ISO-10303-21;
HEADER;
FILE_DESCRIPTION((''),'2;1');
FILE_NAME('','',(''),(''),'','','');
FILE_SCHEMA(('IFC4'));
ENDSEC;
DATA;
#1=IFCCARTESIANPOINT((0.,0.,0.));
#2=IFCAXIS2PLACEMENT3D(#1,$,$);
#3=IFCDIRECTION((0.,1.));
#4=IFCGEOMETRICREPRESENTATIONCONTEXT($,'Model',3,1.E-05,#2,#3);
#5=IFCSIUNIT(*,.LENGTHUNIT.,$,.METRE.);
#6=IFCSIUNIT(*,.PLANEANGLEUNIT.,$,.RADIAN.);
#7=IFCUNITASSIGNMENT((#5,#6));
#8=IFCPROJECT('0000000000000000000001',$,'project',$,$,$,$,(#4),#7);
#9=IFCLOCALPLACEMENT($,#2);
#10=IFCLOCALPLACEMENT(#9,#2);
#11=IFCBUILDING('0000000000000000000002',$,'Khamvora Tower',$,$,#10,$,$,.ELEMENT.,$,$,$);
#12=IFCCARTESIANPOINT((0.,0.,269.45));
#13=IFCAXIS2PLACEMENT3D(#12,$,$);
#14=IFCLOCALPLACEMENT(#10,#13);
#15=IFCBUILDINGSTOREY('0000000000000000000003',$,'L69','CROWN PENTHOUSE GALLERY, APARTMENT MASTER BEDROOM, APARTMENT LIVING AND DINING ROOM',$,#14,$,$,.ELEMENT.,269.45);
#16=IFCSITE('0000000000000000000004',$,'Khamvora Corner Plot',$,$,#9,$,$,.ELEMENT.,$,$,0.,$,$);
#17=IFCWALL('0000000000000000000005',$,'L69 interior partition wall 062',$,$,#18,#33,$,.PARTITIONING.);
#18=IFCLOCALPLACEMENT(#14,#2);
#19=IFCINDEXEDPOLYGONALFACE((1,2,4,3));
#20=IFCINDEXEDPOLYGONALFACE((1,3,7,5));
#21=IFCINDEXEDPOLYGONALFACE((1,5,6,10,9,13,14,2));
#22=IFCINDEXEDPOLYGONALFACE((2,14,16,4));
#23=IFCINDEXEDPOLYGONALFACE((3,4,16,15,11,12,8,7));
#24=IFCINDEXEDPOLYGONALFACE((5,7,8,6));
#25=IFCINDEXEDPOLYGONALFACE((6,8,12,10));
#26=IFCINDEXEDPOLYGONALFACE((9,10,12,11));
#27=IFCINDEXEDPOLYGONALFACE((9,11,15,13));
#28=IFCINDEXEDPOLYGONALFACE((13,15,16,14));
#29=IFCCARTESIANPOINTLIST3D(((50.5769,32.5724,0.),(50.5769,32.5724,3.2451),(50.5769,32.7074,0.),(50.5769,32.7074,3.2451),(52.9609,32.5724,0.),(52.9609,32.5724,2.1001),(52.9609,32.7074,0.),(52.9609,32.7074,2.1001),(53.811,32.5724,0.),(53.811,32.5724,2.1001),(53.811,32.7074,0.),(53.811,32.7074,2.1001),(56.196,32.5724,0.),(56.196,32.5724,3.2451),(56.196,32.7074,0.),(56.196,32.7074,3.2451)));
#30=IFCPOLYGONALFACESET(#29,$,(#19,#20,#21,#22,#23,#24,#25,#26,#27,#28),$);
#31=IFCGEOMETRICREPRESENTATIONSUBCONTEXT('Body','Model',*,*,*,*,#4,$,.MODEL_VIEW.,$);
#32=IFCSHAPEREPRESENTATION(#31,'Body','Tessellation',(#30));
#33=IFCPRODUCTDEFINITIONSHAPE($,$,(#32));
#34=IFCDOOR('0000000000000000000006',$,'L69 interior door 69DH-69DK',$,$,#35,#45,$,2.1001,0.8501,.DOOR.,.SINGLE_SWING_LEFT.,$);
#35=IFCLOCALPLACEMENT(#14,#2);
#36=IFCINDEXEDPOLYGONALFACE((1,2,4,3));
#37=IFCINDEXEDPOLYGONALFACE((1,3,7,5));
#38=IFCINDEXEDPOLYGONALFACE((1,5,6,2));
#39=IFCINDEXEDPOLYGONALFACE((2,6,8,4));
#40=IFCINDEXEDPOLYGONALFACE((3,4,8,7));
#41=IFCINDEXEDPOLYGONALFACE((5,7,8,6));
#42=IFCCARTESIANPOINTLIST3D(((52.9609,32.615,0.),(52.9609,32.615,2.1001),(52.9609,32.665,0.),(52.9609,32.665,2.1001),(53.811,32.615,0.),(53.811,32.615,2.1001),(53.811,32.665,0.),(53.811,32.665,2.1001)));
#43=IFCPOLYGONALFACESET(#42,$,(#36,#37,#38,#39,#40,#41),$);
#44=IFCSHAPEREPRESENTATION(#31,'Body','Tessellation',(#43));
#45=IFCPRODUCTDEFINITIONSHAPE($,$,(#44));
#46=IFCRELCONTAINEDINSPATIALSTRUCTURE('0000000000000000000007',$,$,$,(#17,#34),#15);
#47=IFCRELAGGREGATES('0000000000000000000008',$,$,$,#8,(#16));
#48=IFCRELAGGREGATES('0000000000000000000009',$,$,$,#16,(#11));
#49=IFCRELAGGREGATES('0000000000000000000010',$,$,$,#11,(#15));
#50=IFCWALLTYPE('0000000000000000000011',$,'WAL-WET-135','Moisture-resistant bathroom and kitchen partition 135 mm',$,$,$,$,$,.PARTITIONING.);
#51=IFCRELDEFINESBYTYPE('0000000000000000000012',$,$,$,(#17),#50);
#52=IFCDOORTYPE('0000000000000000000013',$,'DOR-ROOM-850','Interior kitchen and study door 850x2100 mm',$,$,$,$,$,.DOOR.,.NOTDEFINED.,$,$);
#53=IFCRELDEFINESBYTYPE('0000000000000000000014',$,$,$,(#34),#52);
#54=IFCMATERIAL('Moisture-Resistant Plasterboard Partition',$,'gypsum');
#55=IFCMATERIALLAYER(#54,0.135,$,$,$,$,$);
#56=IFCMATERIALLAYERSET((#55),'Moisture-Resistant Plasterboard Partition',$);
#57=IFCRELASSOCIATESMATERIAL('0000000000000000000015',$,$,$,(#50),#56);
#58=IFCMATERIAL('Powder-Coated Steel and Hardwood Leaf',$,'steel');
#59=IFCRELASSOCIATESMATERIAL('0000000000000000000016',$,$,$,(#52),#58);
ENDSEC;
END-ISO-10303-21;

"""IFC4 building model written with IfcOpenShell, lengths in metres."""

from ifc_helpers import new_model, si_unit, direction, frame, frame_2d, origin, place, context, subcontext, project, spatial, rectangle, extrude, material, layer, layer_set, type_object, element, fill, save


model = new_model("IFC4")

# Units and contexts
model_context = context("Model", 3, precision=1e-05, world=origin(), true_north=direction((0.0, 1.0)))
body_context = subcontext(model_context, "Body", "Model", "MODEL_VIEW")
ifc_project = project(units=[si_unit("LENGTHUNIT", "METRE"), si_unit("PLANEANGLEUNIT", "RADIAN")], contexts=[model_context])

# Site, building, storey
site_placement = place(None, origin())
site = spatial("IfcSite", under=ifc_project, at=site_placement, Name="Khamvora Corner Plot", CompositionType="ELEMENT", RefElevation=0.0)
building_placement = place(site_placement, origin())
building = spatial("IfcBuilding", under=site, at=building_placement, Name="Khamvora Tower", CompositionType="ELEMENT")
storey_placement = place(building_placement, frame((0.0, 0.0, 269.45)))
storey = spatial("IfcBuildingStorey", under=building, at=storey_placement, Name="L69", Description="CROWN PENTHOUSE GALLERY, APARTMENT MASTER BEDROOM, APARTMENT LIVING AND DINING ROOM", CompositionType="ELEMENT", Elevation=269.45)

# Shared definitions
ifc_material_1 = material(Name="Powder-Coated Steel and Hardwood Leaf", Category="steel")

# Shared definitions
ifc_material_2 = material(Name="Moisture-Resistant Plasterboard Partition", Category="gypsum")
ifc_layer_1 = layer(ifc_material_2, 0.135)
ifc_layer_set_1 = layer_set([ifc_layer_1], Name="Moisture-Resistant Plasterboard Partition")
wall_type_1 = type_object("IfcWallType", Name="WAL-WET-135", Description="Moisture-resistant bathroom and kitchen partition 135 mm", PredefinedType="PARTITIONING", material=ifc_layer_set_1)

# Wall, opening, door
wall_1_placement = place(storey_placement, frame((56.196, 32.6399, 0.0), z_axis=(0.0, 0.0, 1.0), x_axis=(-1.0, 0.0, 0.0)))
wall_1 = element("IfcWall", 1, at=wall_1_placement, inside=storey, type_object=wall_type_1, Name="L69 interior partition wall 062", PredefinedType="PARTITIONING", context=body_context, shape_type="SweptSolid", body=[
    extrude(rectangle(XDim=5.6191, YDim=0.135, at=frame_2d((2.8096, 0.0))), origin(), (0.0, 0.0, 1.0), 3.2451),
])
opening_1_placement = place(wall_1_placement, frame((2.385, 0.0, 0.0)))
opening_1 = element("IfcOpeningElement", 2, at=opening_1_placement, cuts=wall_1, PredefinedType="OPENING", context=body_context, shape_type="SweptSolid", body=[
    extrude(rectangle(XDim=0.8501, YDim=2.1001, at=frame_2d((0.425, 1.05))), frame((0.0, 0.0774, 0.0), z_axis=(0.0, -1.0, 0.0), x_axis=(1.0, 0.0, 0.0)), (0.0, 0.0, 1.0), 0.155),
])
door_type_1 = type_object("IfcDoorType", Name="DOR-ROOM-850", Description="Interior kitchen and study door 850x2100 mm", OperationType="NOTDEFINED", PredefinedType="DOOR", material=ifc_material_1)
door_1_placement = place(opening_1_placement, origin())
door_1 = element("IfcDoor", 3, at=door_1_placement, inside=storey, type_object=door_type_1, Name="L69 interior door 69DH-69DK", OperationType="SINGLE_SWING_LEFT", OverallHeight=2.1001, OverallWidth=0.8501, PredefinedType="DOOR", context=body_context, shape_type="SweptSolid", body=[
    extrude(rectangle(XDim=0.8501, YDim=2.1001, at=frame_2d((0.425, 1.05))), frame((0.0, 0.0249, 0.0), z_axis=(0.0, -1.0, 0.0), x_axis=(1.0, 0.0, 0.0)), (0.0, 0.0, 1.0), 0.05),
])
fill(opening_1, door_1)

save(model, "model.ifc")
